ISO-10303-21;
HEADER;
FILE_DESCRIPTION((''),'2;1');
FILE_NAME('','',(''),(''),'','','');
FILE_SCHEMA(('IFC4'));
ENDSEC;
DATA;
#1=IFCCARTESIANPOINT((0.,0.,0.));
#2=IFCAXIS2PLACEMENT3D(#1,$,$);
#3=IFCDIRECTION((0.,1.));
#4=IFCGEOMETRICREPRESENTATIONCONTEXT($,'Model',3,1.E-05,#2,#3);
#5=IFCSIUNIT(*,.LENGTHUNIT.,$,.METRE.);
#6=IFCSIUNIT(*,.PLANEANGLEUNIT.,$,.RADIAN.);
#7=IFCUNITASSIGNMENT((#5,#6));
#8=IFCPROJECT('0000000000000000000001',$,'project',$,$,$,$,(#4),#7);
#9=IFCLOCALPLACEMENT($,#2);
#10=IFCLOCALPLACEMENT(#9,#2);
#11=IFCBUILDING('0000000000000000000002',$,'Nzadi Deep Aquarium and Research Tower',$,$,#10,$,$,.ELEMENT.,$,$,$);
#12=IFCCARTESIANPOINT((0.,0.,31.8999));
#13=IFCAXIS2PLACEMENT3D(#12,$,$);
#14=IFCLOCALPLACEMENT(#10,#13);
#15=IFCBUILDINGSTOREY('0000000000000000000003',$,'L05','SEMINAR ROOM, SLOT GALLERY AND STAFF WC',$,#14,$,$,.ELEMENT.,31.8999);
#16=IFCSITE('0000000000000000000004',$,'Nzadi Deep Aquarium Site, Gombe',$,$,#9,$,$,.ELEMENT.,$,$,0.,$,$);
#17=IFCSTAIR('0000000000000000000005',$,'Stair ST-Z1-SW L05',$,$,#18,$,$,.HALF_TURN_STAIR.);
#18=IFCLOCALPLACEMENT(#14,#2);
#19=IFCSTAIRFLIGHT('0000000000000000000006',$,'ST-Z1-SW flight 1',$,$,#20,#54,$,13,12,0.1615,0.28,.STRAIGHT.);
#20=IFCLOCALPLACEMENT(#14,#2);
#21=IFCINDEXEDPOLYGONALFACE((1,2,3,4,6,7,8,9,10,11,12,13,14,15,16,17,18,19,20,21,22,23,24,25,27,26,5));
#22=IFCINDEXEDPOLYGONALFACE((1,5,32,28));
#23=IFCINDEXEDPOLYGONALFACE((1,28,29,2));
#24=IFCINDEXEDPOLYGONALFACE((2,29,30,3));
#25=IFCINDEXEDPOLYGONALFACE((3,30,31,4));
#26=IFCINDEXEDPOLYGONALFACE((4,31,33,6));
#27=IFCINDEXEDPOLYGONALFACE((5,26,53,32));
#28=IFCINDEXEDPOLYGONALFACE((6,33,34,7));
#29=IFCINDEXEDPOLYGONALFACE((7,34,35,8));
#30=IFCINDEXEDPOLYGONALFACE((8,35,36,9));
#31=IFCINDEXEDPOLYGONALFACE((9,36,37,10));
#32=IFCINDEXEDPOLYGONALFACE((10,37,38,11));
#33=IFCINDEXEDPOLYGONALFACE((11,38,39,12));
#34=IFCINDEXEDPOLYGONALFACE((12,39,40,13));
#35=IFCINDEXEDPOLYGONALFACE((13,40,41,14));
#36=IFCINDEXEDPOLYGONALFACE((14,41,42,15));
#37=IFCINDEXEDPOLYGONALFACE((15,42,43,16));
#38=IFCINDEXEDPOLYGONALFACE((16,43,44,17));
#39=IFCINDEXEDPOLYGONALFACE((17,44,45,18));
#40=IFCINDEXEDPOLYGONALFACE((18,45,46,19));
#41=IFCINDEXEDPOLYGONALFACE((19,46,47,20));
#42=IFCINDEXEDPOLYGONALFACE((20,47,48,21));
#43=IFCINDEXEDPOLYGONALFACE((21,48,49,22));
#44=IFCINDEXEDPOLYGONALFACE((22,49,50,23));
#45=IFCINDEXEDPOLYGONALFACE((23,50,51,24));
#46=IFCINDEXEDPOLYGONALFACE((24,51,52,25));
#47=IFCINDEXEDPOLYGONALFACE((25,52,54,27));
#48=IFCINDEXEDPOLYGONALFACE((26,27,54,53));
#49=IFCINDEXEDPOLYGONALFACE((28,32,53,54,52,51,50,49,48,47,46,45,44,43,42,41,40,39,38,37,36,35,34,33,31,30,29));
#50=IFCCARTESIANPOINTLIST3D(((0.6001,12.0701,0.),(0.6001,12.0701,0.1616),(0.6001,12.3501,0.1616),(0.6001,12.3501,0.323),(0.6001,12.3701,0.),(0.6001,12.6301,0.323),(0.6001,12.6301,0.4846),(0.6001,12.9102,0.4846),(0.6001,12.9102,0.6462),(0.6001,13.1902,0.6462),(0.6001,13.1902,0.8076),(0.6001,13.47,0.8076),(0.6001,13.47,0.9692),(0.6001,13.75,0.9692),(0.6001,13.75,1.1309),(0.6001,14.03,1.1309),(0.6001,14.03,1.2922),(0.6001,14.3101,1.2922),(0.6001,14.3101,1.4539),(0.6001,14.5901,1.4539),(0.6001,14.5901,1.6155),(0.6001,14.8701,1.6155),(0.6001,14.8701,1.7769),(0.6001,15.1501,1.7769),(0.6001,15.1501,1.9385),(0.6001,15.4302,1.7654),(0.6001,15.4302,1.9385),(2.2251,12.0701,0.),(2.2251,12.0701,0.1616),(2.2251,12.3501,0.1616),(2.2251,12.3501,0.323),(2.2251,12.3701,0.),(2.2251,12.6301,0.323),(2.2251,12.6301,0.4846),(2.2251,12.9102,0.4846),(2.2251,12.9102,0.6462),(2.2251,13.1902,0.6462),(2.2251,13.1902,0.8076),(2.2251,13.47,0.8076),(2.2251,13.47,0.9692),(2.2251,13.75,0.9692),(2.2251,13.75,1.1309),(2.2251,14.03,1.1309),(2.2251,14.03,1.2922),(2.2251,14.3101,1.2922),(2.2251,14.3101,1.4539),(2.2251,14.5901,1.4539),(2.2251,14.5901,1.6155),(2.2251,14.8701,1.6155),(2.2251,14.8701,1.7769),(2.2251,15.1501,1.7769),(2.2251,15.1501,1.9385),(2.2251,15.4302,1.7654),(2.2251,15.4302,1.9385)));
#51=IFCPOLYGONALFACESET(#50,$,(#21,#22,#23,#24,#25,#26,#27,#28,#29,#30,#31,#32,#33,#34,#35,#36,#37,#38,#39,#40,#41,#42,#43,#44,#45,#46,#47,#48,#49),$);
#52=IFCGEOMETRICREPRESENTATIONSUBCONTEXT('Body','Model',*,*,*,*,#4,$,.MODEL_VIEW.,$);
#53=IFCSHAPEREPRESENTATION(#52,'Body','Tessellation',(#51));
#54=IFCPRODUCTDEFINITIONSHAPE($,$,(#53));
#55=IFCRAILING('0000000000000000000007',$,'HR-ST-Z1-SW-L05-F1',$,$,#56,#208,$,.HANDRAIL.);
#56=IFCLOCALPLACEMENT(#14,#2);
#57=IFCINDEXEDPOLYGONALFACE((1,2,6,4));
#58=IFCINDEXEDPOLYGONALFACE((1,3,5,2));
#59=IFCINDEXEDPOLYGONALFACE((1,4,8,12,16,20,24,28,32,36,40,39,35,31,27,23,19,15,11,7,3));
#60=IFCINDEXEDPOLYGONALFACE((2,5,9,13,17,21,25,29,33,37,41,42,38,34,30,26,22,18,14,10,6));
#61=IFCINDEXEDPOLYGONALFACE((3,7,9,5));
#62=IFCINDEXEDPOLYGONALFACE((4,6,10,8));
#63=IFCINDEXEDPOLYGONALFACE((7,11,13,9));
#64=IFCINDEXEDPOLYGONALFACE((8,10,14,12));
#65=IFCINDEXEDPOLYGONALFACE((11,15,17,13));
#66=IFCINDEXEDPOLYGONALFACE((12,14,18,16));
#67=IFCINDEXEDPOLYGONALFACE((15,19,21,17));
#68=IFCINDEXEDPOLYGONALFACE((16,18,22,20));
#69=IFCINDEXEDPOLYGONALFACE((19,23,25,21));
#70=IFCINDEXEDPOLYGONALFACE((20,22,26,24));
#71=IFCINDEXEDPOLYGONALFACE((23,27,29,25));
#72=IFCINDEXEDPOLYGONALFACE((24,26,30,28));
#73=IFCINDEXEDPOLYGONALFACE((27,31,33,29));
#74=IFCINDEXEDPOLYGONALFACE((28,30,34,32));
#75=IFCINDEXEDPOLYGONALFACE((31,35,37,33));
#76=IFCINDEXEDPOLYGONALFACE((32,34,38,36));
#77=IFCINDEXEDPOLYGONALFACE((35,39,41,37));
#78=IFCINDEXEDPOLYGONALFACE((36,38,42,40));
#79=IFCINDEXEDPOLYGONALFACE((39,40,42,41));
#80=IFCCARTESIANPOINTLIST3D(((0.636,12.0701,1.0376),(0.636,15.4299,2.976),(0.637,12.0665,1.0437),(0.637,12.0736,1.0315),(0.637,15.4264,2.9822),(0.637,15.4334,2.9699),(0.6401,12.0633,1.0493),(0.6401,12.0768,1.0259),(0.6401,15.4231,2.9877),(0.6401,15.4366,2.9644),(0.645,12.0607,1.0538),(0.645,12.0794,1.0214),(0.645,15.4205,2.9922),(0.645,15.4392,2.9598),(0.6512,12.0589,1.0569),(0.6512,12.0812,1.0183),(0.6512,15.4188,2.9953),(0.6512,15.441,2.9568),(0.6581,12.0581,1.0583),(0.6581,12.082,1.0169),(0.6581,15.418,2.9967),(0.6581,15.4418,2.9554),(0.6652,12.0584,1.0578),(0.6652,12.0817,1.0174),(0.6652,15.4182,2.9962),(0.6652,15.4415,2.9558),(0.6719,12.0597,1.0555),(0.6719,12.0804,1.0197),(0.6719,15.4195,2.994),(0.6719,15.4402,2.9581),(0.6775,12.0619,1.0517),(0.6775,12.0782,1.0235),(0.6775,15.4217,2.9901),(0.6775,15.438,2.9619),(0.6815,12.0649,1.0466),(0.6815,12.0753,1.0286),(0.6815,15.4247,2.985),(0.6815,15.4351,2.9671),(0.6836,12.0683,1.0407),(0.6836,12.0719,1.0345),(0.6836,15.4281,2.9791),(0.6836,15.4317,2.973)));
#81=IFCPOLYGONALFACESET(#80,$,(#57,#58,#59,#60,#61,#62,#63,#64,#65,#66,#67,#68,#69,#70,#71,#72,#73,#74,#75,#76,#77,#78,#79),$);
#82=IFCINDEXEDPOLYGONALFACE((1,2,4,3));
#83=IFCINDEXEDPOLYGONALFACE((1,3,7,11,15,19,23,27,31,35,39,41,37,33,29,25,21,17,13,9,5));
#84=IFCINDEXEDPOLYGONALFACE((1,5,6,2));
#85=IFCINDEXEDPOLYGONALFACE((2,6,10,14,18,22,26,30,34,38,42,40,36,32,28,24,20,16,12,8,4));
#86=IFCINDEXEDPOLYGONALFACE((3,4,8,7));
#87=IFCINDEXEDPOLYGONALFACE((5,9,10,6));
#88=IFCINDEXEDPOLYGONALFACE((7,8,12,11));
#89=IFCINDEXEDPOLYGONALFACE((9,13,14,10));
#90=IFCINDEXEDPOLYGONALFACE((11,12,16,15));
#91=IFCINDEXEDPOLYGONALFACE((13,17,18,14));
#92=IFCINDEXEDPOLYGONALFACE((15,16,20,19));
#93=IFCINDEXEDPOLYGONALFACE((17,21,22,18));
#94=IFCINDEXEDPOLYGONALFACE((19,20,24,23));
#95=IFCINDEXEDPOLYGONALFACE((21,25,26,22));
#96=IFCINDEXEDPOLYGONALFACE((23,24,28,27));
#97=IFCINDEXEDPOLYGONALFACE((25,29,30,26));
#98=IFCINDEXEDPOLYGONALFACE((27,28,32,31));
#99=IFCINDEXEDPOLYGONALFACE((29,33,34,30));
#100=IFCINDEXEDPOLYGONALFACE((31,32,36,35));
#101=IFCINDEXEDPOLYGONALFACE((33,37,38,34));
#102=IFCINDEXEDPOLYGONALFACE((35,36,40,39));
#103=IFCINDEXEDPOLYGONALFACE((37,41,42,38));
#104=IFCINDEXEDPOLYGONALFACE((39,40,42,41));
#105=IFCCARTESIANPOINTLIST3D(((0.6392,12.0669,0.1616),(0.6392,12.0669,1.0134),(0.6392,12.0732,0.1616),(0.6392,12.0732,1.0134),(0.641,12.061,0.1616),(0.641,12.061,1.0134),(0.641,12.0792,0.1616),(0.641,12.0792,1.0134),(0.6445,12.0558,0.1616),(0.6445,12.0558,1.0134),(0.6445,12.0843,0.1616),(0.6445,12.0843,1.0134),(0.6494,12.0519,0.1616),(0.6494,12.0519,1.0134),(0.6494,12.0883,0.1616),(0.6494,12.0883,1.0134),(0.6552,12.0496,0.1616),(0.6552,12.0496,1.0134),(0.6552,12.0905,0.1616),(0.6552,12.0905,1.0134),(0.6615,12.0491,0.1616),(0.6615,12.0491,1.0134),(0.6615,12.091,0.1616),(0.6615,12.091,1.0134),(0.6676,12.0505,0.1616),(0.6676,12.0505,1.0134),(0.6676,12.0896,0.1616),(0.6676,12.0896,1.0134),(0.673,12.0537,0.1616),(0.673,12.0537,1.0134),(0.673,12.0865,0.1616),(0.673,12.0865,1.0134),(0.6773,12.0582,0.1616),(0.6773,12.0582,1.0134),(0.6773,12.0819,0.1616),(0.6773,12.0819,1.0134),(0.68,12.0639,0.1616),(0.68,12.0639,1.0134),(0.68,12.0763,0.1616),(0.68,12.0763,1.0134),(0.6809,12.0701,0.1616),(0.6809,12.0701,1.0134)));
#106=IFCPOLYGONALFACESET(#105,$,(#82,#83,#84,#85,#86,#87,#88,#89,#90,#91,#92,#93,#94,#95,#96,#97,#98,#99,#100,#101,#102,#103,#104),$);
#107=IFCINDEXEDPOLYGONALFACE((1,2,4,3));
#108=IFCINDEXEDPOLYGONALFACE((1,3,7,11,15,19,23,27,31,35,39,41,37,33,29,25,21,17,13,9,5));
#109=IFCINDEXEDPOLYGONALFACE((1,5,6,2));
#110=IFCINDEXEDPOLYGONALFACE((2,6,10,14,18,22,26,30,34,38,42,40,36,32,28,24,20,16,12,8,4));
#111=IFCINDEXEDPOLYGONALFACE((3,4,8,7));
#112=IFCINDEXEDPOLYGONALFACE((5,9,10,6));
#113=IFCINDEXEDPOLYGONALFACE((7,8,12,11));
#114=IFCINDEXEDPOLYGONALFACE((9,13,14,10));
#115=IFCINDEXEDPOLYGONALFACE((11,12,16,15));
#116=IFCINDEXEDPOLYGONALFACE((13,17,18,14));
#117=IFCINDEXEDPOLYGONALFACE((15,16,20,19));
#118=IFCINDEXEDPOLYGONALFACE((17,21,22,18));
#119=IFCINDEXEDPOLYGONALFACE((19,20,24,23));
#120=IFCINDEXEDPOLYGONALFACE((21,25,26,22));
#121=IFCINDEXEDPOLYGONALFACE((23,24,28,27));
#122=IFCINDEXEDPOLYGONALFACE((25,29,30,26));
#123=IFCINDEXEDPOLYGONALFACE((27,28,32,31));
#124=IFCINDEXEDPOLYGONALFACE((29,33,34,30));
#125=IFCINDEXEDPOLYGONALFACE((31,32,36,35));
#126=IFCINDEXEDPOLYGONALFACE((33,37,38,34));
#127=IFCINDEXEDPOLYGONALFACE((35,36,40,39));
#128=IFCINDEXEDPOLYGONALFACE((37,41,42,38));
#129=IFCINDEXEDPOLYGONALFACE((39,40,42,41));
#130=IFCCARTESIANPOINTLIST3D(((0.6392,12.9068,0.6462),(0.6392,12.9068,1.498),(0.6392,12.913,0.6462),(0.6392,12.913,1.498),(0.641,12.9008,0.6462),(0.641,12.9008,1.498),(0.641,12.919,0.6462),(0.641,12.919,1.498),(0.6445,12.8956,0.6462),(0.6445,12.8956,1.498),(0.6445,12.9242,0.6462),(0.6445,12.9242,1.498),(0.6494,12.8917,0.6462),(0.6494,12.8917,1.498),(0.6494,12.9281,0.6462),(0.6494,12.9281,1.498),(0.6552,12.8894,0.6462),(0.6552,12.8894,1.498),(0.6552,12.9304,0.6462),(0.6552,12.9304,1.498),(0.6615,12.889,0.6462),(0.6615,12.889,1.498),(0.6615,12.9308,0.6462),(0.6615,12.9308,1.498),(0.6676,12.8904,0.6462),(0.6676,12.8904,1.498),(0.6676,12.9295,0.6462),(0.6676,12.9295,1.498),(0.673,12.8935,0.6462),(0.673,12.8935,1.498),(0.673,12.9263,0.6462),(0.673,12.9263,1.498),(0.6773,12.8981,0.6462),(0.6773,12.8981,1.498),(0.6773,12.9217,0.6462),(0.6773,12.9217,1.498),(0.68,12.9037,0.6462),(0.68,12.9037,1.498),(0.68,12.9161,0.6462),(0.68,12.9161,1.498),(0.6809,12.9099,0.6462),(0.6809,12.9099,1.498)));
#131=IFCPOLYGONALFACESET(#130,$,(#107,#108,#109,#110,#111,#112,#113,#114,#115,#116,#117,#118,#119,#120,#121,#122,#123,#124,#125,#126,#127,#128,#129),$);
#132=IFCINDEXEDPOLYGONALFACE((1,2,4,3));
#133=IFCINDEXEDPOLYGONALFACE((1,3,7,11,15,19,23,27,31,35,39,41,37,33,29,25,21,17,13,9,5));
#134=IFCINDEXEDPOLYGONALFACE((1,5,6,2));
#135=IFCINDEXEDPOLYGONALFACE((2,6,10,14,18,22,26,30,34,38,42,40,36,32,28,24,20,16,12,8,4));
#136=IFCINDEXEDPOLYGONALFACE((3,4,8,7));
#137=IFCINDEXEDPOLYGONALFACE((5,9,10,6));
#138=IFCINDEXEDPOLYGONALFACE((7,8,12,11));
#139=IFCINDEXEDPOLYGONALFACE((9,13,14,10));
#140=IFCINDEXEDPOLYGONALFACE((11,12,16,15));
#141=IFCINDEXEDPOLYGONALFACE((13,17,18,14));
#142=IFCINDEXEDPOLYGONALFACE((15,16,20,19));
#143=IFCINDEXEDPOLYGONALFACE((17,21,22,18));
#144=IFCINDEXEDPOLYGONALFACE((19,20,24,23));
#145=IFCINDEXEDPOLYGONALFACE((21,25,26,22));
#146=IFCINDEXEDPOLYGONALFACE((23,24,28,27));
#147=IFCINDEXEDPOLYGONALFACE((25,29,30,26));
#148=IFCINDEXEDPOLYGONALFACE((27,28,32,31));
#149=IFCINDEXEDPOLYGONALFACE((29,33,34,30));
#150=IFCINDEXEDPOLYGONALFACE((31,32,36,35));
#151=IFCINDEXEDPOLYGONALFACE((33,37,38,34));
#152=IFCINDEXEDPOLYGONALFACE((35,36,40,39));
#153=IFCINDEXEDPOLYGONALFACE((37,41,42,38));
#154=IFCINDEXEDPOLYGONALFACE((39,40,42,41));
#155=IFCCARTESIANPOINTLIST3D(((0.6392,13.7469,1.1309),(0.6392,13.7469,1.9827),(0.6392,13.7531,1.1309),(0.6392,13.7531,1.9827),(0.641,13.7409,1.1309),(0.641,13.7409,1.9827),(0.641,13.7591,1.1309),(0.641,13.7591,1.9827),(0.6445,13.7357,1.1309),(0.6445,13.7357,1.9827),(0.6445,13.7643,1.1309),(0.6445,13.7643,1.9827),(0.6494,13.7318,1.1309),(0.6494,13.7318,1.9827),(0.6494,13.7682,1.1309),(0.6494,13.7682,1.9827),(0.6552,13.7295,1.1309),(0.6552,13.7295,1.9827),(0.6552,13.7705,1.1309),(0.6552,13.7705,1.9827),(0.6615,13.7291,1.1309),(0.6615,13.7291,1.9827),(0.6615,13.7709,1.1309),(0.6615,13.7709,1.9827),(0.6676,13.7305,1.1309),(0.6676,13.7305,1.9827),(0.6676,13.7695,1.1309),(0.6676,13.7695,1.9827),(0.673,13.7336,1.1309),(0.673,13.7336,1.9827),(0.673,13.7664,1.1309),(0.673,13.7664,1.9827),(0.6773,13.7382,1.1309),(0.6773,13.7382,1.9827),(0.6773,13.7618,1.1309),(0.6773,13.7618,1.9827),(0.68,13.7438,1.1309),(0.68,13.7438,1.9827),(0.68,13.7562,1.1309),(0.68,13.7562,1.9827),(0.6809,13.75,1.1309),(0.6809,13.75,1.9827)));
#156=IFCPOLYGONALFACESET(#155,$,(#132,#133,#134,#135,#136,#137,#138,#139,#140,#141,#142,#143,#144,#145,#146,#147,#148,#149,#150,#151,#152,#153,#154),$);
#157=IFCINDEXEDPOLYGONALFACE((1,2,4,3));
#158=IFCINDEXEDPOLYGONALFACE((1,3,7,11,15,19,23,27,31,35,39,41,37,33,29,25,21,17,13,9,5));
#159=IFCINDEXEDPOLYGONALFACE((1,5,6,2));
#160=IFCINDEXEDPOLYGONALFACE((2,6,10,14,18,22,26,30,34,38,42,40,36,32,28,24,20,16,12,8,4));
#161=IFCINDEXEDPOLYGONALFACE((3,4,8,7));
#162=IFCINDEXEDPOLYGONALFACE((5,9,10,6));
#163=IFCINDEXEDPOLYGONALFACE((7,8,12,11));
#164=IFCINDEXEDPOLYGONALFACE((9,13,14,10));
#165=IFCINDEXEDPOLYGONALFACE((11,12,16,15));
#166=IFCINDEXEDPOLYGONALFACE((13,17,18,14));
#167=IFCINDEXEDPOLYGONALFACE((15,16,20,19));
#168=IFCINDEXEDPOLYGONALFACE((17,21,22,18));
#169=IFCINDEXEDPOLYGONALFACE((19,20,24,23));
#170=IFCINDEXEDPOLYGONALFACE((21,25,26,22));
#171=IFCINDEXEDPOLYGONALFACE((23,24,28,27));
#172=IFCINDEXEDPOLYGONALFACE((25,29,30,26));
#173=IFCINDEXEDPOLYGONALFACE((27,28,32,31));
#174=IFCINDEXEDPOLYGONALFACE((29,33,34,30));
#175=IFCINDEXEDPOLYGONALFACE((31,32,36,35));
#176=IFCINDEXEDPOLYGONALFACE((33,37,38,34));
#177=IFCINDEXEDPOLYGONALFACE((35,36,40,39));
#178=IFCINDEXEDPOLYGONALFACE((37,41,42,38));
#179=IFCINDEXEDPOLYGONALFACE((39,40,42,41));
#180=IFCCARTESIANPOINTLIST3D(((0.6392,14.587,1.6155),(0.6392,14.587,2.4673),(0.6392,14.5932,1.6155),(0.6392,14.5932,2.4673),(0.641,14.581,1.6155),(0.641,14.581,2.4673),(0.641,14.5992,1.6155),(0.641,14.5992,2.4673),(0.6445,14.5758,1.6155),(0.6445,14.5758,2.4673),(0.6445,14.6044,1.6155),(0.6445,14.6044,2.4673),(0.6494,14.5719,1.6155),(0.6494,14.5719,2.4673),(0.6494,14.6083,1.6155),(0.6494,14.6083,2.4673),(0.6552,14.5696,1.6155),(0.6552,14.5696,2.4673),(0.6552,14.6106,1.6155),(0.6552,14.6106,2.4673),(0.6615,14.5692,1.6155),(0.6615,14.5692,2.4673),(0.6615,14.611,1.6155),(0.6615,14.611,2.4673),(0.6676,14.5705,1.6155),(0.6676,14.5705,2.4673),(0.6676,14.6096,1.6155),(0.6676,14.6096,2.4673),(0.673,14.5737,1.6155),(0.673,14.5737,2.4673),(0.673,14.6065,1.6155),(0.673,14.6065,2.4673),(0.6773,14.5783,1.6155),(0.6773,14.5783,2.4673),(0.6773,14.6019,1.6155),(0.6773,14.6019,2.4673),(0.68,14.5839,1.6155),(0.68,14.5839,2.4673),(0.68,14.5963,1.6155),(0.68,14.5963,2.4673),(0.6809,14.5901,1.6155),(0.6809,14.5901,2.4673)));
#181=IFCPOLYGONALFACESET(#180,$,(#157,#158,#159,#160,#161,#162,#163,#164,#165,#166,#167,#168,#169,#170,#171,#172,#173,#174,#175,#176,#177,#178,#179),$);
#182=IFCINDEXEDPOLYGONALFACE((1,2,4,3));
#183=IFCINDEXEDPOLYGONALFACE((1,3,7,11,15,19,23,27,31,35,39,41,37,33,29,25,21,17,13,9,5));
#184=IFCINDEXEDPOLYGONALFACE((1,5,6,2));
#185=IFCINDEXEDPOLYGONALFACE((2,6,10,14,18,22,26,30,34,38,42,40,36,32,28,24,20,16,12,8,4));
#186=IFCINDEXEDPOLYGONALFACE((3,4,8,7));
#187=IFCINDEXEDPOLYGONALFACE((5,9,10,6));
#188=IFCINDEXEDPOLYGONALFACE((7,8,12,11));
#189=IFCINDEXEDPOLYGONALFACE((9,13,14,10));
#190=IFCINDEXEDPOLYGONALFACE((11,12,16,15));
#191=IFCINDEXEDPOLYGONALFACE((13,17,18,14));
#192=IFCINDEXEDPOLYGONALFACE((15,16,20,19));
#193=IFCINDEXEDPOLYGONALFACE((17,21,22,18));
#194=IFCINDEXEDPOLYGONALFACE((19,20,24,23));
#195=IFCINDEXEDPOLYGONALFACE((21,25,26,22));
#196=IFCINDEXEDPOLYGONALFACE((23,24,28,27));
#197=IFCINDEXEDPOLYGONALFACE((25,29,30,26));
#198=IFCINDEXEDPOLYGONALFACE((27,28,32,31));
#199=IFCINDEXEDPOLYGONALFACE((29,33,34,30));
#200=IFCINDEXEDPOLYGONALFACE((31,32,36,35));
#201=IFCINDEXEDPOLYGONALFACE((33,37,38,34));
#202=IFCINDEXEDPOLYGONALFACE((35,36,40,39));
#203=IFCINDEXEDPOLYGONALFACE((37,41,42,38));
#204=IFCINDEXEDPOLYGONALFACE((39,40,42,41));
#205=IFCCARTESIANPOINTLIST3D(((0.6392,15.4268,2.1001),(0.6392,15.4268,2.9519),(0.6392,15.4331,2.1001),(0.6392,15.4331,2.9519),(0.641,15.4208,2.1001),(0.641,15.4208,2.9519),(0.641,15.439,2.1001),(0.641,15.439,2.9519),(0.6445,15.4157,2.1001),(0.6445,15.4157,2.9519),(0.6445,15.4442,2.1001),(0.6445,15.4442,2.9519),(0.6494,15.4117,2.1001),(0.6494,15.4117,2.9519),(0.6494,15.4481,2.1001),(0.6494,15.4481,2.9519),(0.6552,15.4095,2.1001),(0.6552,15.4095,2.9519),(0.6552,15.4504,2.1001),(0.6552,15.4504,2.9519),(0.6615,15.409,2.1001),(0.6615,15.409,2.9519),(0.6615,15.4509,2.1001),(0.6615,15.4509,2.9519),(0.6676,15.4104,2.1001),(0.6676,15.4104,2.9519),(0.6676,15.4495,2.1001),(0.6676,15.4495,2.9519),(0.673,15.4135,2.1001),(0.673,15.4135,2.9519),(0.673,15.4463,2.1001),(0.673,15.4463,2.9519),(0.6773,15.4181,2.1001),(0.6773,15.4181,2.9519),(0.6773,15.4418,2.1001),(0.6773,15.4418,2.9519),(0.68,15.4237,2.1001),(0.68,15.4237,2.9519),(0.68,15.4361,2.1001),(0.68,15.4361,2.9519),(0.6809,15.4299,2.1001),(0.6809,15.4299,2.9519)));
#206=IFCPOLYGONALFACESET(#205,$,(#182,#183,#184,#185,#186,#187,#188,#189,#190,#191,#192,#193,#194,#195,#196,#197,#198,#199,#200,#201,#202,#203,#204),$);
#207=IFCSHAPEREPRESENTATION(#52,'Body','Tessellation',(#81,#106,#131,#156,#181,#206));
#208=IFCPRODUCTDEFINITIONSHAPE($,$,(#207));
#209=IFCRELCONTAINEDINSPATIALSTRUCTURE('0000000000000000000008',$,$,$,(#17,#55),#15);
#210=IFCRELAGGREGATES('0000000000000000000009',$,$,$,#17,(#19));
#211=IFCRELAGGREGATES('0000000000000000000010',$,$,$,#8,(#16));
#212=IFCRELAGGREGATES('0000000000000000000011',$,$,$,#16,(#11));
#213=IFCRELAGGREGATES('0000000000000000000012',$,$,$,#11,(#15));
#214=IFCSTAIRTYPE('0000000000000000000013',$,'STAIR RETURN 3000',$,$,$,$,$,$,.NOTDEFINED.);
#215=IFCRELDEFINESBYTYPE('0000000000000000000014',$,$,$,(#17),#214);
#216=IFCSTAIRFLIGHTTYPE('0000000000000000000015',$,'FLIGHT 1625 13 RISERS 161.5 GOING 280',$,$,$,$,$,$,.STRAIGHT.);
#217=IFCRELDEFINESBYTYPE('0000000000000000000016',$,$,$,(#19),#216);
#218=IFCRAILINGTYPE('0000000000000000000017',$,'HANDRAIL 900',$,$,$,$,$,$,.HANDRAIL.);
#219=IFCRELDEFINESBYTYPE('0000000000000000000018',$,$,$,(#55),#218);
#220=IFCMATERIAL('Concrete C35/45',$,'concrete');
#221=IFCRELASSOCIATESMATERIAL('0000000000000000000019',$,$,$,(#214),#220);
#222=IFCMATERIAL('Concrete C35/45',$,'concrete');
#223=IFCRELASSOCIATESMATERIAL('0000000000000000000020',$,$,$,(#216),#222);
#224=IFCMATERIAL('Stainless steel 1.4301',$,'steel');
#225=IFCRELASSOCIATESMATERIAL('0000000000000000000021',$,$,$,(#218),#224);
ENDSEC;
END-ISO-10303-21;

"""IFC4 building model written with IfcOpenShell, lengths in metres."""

from ifc_helpers import new_model, si_unit, direction, frame, origin, origin_2d, place, context, subcontext, project, spatial, polyline, circle, outline, extrude, material, type_object, element, aggregate, save


model = new_model("IFC4")

# Units and contexts
model_context = context("Model", 3, precision=1e-05, world=origin(), true_north=direction((0.0, 1.0)))
body_context = subcontext(model_context, "Body", "Model", "MODEL_VIEW")
ifc_project = project(units=[si_unit("LENGTHUNIT", "METRE"), si_unit("PLANEANGLEUNIT", "RADIAN")], contexts=[model_context])

# Site, building, storey
site_placement = place(None, origin())
site = spatial("IfcSite", under=ifc_project, at=site_placement, Name="Nzadi Deep Aquarium Site, Gombe", CompositionType="ELEMENT", RefElevation=0.0)
building_placement = place(site_placement, origin())
building = spatial("IfcBuilding", under=site, at=building_placement, Name="Nzadi Deep Aquarium and Research Tower", CompositionType="ELEMENT")
storey_placement = place(building_placement, frame((0.0, 0.0, 31.8999)))
storey = spatial("IfcBuildingStorey", under=building, at=storey_placement, Name="L05", Description="SEMINAR ROOM, SLOT GALLERY AND STAFF WC", CompositionType="ELEMENT", Elevation=31.8999)

# Shared definitions
ifc_material_1 = material(Name="Concrete C35/45", Category="concrete")
stair_type = type_object("IfcStairType", Name="STAIR RETURN 3000", PredefinedType="NOTDEFINED", material=ifc_material_1)

# Stair, stair flight
stair_1_placement = place(storey_placement, origin())
stair_1 = element("IfcStair", 1, at=stair_1_placement, inside=storey, type_object=stair_type, Name="Stair ST-Z1-SW L05", PredefinedType="HALF_TURN_STAIR")
ifc_material_2 = material(Name="Concrete C35/45", Category="concrete")
stair_flight_type = type_object("IfcStairFlightType", Name="FLIGHT 1625 13 RISERS 161.5 GOING 280", PredefinedType="STRAIGHT", material=ifc_material_2)
stair_flight_placement = place(storey_placement, frame((1.4126, 12.0701, 0.0), z_axis=(0.0, 0.0, 1.0), x_axis=(0.0, 1.0, 0.0)))
stair_flight = element("IfcStairFlight", 2, at=stair_flight_placement, type_object=stair_flight_type, Name="ST-Z1-SW flight 1", NumberOfRisers=13, NumberOfTreads=12, PredefinedType="STRAIGHT", RiserHeight=0.1615, TreadLength=0.28, context=body_context, shape_type="SweptSolid", body=[
    extrude(outline(polyline([(0.0, 0.0), (0.0, 0.1616), (0.28, 0.1616), (0.28, 0.323), (0.5601, 0.323), (0.5601, 0.4846), (0.8401, 0.4846), (0.8401, 0.6462), (1.1201, 0.6462), (1.1201, 0.8076), (1.3999, 0.8076), (1.3999, 0.9692), (1.6799, 0.9692), (1.6799, 1.1309), (1.96, 1.1309), (1.96, 1.2922), (2.24, 1.2922), (2.24, 1.4539), (2.52, 1.4539), (2.52, 1.6155), (2.8, 1.6155), (2.8, 1.7769), (3.0801, 1.7769), (3.0801, 1.9385), (3.3601, 1.9385), (3.3601, 2.1001), (3.3601, 1.7654), (0.3, 0.0), (0.0, 0.0)])), frame((0.0, 0.8125, 0.0), z_axis=(0.0, -1.0, 0.0), x_axis=(1.0, 0.0, 0.0)), (0.0, 0.0, 1.0), 1.625),
])
aggregate(stair_1, [stair_flight])

# Railing
ifc_material_3 = material(Name="Stainless steel 1.4301", Category="steel")
railing_type = type_object("IfcRailingType", Name="HANDRAIL 900", PredefinedType="HANDRAIL", material=ifc_material_3)
railing_placement = place(storey_placement, frame((0.6599, 12.0701, 0.1616)))
element("IfcRailing", 3, at=railing_placement, inside=storey, type_object=railing_type, Name="HR-ST-Z1-SW-L05-F1", PredefinedType="HANDRAIL", context=body_context, shape_type="SweptSolid", body=[
    extrude(circle(Radius=0.0239, at=origin_2d()), frame((0.0, 0.0, 0.876), z_axis=(0.0, 0.866175, 0.499741), x_axis=(-1.0, 0.0, 0.0)), (0.0, 0.0, 1.0), 3.8789),
    extrude(circle(Radius=0.021, at=origin_2d()), origin(), (0.0, 0.0, 1.0), 0.8518),
    extrude(circle(Radius=0.021, at=origin_2d()), frame((0.0, 0.8398, 0.4846)), (0.0, 0.0, 1.0), 0.8518),
    extrude(circle(Radius=0.021, at=origin_2d()), frame((0.0, 1.6799, 0.9692)), (0.0, 0.0, 1.0), 0.8518),
    extrude(circle(Radius=0.021, at=origin_2d()), frame((0.0, 2.52, 1.4539)), (0.0, 0.0, 1.0), 0.8518),
    extrude(circle(Radius=0.021, at=origin_2d()), frame((0.0, 3.3599, 1.9385)), (0.0, 0.0, 1.0), 0.8518),
])

save(model, "model.ifc")
